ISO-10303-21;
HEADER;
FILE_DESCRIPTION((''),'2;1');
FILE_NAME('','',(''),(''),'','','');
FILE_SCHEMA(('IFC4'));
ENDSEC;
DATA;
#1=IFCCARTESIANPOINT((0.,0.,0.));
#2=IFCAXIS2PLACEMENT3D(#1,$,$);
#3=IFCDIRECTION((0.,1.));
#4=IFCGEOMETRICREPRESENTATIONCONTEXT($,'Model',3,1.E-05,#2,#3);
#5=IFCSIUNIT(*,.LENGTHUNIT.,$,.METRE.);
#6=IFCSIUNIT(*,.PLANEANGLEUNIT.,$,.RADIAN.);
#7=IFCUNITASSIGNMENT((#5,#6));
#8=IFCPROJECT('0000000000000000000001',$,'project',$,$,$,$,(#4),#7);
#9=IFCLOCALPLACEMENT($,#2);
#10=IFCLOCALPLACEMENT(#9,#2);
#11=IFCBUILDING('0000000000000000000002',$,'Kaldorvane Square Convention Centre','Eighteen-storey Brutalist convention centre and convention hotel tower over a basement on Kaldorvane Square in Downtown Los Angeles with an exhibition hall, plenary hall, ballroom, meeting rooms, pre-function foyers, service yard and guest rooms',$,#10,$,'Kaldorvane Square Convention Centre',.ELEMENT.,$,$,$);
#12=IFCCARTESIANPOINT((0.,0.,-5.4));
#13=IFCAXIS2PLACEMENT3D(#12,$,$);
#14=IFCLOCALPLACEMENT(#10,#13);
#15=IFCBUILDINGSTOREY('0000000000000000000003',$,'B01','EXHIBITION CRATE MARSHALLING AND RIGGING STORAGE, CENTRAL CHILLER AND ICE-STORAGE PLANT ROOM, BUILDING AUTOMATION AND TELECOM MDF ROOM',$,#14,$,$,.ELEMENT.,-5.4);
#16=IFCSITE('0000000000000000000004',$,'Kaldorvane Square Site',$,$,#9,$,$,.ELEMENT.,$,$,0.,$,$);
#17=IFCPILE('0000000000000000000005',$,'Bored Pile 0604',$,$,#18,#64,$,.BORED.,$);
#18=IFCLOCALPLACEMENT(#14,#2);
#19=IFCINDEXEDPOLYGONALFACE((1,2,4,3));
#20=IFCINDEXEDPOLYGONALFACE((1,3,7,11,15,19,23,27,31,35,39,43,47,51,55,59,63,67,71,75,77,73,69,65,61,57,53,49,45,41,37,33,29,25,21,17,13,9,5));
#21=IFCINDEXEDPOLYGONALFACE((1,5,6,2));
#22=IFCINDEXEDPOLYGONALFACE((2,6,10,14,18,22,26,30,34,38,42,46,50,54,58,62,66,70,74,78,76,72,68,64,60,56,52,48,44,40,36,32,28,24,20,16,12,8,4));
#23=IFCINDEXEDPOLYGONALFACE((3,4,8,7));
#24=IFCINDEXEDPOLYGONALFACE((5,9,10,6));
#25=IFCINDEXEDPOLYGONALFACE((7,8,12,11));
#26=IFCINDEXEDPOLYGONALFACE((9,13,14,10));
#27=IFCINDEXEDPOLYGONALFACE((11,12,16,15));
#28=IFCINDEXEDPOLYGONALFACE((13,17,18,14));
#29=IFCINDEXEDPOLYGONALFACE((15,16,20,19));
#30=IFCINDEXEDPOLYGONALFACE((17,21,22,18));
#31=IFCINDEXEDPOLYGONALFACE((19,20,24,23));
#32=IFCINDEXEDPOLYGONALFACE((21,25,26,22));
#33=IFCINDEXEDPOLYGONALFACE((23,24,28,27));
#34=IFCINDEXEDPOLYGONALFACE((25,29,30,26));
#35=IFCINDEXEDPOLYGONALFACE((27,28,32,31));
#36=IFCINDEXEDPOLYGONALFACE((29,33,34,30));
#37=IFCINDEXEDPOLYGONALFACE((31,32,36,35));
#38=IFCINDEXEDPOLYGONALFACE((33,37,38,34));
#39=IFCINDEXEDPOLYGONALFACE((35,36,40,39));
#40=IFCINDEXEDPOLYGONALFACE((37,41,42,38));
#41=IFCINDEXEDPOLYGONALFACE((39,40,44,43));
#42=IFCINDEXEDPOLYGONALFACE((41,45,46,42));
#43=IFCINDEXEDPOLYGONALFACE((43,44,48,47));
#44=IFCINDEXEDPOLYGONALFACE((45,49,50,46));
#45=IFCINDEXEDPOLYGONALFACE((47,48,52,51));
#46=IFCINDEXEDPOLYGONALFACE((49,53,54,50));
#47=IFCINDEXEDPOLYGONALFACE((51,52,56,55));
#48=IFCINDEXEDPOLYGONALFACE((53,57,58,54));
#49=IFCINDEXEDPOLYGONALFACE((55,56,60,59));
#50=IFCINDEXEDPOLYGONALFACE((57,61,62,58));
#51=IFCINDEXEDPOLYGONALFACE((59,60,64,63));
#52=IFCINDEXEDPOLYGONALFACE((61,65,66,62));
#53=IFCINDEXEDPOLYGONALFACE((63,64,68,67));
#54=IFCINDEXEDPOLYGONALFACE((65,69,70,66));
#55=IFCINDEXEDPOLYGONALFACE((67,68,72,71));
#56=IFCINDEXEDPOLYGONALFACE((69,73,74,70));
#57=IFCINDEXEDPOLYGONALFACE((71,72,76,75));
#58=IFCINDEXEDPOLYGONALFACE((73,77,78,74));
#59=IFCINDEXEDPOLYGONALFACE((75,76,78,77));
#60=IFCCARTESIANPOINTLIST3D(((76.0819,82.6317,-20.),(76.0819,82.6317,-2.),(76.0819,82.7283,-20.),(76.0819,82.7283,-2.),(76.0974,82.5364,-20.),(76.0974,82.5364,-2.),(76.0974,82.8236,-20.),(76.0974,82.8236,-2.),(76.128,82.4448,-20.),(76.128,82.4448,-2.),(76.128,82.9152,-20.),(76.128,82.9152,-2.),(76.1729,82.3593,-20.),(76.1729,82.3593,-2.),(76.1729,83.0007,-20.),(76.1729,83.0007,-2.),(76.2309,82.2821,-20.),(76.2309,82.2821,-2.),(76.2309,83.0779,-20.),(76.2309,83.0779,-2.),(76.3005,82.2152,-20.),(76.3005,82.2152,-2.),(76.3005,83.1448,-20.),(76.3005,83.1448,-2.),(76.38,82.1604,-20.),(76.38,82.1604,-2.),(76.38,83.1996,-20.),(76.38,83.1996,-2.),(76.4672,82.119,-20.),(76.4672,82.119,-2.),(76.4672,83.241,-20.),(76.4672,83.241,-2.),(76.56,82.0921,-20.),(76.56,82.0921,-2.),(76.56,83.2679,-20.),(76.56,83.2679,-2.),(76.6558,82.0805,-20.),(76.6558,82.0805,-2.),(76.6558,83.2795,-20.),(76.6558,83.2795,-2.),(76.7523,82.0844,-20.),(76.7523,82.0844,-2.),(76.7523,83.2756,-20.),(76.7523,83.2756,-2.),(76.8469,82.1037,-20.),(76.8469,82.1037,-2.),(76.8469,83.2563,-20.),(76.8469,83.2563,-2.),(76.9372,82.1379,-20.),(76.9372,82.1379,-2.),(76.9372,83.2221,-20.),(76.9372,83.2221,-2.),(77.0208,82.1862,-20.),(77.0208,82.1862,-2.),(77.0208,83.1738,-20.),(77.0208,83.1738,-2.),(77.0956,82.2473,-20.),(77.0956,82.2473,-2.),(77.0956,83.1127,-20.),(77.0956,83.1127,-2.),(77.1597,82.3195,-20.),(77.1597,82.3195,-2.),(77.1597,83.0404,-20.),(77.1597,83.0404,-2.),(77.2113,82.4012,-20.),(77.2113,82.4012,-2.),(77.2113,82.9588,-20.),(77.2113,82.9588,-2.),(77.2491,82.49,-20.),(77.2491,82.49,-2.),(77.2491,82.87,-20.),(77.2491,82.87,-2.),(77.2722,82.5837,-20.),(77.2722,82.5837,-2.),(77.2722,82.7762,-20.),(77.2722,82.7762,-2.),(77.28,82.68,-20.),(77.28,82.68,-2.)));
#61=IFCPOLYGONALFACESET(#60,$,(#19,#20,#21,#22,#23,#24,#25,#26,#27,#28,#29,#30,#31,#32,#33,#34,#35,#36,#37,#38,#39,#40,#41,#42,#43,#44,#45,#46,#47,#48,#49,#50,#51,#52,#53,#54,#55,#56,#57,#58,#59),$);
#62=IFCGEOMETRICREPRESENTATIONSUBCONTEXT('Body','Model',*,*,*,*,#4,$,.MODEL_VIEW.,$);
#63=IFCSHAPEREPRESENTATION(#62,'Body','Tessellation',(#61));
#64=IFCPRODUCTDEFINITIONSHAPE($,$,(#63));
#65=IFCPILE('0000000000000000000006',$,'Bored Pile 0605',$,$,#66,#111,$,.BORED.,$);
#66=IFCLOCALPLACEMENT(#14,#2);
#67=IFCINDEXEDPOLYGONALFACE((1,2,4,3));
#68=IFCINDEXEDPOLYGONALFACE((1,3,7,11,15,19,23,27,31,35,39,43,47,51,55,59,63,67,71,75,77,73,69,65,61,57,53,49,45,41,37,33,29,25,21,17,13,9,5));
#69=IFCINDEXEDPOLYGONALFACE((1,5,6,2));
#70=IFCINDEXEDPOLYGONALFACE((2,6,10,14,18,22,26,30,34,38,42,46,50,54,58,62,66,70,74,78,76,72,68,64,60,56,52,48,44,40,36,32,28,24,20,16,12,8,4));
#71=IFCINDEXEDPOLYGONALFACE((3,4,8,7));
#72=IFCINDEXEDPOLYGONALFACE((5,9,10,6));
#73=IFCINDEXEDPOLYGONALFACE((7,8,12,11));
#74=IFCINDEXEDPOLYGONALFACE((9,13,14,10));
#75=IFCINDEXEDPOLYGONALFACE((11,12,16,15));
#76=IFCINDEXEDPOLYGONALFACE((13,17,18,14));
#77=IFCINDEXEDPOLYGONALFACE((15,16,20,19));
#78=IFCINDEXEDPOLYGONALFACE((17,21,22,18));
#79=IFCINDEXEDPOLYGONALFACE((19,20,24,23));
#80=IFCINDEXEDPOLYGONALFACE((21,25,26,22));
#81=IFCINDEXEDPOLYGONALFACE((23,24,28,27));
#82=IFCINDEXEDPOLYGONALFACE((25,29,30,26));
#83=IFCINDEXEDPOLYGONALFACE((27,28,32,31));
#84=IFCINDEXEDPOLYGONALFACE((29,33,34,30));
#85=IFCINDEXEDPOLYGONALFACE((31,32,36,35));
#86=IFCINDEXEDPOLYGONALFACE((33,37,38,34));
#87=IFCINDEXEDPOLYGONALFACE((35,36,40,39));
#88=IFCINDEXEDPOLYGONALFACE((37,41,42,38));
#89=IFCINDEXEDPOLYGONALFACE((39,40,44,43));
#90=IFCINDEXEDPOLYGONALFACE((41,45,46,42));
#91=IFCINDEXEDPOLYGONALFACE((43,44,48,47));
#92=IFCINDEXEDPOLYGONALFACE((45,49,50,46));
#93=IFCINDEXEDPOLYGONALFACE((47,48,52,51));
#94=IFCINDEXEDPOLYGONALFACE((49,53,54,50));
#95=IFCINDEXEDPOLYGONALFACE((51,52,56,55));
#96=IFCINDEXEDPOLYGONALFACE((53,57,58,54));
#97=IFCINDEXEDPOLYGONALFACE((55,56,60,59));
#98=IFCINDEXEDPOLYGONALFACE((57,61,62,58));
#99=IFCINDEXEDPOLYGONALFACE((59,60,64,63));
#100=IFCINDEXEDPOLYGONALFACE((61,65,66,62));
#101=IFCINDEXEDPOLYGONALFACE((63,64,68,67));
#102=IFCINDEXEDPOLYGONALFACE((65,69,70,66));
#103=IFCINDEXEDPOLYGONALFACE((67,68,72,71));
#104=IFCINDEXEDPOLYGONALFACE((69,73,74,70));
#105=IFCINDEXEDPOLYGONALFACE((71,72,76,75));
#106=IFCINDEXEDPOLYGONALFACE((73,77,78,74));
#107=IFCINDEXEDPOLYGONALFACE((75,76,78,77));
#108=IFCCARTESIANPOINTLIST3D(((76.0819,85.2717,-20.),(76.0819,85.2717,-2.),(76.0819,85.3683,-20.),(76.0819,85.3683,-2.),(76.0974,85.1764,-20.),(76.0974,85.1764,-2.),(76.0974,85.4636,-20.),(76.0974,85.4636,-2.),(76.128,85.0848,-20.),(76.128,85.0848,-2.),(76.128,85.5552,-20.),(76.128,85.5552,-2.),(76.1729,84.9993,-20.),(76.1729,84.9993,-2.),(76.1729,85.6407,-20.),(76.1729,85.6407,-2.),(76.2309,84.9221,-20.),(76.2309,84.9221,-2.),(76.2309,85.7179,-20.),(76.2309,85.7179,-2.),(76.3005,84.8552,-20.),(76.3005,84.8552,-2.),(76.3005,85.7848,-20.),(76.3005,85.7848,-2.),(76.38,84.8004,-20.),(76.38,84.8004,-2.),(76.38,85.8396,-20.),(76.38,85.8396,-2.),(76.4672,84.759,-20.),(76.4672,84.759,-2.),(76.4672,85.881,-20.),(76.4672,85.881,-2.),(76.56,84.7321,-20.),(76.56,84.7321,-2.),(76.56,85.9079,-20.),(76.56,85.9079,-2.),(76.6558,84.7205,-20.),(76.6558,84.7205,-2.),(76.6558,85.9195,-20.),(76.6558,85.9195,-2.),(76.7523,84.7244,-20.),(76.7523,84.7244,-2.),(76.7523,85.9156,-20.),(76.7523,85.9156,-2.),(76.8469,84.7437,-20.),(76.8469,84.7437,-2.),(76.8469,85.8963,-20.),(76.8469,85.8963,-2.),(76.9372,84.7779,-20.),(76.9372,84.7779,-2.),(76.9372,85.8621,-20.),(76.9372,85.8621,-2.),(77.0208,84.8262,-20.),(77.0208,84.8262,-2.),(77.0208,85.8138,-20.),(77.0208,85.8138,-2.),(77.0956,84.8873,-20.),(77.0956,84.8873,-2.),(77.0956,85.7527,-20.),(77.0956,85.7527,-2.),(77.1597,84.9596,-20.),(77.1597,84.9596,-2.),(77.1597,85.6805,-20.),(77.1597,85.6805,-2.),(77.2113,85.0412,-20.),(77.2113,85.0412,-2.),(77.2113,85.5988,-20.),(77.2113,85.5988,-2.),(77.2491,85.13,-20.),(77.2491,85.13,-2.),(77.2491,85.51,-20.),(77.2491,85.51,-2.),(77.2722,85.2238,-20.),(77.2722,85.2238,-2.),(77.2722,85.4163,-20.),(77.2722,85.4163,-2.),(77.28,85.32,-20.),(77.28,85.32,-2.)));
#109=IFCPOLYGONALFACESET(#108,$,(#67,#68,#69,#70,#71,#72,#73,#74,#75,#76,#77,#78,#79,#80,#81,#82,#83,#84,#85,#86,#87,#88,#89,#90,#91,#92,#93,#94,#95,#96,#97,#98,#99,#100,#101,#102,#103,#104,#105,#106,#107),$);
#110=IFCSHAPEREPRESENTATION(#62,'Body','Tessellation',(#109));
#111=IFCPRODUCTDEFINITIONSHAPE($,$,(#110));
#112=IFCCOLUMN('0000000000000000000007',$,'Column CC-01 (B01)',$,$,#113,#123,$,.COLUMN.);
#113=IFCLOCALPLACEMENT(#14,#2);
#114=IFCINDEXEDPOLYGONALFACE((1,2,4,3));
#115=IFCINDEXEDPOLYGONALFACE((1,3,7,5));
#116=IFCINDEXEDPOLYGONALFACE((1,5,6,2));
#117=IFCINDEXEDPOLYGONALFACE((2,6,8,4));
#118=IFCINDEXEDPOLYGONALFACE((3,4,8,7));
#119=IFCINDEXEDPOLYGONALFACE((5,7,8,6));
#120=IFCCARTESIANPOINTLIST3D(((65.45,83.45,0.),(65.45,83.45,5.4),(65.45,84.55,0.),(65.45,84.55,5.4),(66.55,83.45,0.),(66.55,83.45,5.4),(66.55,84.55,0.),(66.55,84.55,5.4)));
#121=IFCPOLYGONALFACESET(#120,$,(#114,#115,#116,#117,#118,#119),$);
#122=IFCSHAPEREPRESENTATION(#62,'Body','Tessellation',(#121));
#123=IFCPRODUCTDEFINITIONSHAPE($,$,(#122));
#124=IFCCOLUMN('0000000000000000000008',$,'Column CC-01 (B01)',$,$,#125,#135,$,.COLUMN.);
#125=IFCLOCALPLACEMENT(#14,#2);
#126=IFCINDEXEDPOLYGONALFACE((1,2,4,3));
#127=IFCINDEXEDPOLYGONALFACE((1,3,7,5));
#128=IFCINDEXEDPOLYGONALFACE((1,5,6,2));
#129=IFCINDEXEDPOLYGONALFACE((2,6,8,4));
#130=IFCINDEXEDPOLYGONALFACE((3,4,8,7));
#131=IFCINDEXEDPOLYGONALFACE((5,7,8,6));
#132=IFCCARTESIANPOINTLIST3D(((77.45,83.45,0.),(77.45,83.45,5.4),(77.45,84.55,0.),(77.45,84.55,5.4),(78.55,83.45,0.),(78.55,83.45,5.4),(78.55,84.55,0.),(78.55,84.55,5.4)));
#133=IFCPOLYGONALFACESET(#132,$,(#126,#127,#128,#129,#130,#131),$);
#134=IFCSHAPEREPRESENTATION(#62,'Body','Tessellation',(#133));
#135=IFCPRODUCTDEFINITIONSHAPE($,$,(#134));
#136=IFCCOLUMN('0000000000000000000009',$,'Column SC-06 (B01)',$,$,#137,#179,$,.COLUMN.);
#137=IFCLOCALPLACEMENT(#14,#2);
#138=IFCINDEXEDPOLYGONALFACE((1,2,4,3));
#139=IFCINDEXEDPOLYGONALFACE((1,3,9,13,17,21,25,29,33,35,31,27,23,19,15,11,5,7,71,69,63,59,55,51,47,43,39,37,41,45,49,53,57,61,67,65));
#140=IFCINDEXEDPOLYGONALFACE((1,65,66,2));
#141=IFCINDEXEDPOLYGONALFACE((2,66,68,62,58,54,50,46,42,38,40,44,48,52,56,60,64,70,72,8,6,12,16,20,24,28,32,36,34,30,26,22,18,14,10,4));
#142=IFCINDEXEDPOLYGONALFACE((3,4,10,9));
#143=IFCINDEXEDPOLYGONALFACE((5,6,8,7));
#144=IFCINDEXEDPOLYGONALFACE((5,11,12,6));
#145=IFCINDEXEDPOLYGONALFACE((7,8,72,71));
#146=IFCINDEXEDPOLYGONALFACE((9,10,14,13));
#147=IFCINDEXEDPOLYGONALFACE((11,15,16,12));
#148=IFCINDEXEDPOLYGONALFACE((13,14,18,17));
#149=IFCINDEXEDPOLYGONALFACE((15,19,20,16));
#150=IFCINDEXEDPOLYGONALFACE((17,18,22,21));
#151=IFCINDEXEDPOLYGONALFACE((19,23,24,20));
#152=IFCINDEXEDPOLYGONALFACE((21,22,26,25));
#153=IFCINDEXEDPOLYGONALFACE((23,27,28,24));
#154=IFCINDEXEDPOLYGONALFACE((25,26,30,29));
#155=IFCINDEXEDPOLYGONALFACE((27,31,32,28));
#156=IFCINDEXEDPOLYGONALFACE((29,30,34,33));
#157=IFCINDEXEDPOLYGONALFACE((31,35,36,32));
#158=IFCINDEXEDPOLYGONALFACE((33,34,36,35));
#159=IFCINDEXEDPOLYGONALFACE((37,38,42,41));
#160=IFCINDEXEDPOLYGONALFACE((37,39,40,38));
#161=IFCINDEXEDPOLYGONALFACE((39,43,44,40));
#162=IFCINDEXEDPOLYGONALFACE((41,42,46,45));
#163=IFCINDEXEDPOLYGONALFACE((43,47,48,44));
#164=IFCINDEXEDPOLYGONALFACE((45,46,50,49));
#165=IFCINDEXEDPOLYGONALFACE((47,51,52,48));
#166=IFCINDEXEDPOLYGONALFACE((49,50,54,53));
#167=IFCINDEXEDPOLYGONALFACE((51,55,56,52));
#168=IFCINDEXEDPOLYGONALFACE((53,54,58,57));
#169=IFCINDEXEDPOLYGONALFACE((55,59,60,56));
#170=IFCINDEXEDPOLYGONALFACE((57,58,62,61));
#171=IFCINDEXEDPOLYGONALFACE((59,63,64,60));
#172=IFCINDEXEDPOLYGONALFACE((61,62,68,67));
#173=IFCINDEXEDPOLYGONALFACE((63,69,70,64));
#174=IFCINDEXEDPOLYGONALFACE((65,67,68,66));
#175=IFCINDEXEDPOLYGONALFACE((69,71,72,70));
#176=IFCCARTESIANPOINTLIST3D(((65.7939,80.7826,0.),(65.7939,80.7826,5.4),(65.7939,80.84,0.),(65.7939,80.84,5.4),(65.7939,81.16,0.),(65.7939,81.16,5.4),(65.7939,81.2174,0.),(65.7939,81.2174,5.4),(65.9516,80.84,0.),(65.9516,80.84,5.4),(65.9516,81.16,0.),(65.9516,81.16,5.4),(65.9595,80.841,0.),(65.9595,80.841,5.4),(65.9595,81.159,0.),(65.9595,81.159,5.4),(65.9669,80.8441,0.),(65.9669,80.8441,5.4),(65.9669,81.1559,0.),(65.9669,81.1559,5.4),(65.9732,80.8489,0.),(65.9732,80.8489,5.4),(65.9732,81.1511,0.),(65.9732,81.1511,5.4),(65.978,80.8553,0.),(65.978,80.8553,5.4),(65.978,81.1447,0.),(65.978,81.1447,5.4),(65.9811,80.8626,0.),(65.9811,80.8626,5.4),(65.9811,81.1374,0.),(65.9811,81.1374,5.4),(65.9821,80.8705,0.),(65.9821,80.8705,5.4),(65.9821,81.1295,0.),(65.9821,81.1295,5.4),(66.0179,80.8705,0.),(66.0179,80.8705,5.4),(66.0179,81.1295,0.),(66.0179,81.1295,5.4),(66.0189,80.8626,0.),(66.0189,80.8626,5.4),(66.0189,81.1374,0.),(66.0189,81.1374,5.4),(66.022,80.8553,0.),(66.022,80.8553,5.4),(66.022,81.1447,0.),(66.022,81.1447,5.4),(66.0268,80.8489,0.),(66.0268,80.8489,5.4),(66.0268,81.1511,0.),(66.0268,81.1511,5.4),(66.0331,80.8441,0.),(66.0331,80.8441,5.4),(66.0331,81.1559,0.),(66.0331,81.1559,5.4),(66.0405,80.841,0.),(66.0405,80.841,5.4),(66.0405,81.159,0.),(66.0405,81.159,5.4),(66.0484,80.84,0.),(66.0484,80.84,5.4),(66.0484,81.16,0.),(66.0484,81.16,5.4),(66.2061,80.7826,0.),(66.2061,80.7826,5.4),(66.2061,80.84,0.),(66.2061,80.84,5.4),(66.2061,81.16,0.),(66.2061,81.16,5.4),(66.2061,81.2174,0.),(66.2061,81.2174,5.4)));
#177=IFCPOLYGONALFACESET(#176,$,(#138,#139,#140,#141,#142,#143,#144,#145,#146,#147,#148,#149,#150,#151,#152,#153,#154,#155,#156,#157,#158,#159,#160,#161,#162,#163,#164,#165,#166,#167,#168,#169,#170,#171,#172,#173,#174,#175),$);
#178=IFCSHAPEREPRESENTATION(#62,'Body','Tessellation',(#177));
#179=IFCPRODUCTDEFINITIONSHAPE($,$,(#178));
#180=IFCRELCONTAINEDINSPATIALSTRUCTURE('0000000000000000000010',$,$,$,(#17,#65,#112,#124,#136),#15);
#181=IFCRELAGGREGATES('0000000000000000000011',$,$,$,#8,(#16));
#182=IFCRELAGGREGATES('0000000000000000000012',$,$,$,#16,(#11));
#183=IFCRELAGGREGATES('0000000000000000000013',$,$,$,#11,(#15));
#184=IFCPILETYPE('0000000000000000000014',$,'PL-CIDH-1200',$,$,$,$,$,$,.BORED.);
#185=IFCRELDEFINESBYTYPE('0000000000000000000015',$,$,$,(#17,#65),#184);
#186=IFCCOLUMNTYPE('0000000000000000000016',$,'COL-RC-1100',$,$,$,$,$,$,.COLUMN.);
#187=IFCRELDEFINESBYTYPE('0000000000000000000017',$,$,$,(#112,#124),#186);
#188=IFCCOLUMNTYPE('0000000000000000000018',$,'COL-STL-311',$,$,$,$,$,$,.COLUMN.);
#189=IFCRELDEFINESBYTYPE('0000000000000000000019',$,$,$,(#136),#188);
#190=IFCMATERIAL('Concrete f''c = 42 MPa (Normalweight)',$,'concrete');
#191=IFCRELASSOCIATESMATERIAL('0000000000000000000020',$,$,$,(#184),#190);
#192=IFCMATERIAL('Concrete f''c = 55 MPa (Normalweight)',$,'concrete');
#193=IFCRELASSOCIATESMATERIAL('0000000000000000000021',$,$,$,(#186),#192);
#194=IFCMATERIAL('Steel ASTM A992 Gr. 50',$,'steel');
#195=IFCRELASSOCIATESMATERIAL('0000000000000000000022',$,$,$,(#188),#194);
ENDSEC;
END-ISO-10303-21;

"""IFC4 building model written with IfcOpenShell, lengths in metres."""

from ifc_helpers import new_model, si_unit, direction, frame, origin, origin_2d, place, context, subcontext, project, spatial, rectangle, circle, i_section, extrude, material, material_profile, profile_set, type_object, element, save


model = new_model("IFC4")

# Units and contexts
model_context = context("Model", 3, precision=1e-05, world=origin(), true_north=direction((0.0, 1.0)))
body_context = subcontext(model_context, "Body", "Model", "MODEL_VIEW")
ifc_project = project(units=[si_unit("LENGTHUNIT", "METRE"), si_unit("PLANEANGLEUNIT", "RADIAN")], contexts=[model_context])

# Site, building, storey
site_placement = place(None, origin())
site = spatial("IfcSite", under=ifc_project, at=site_placement, Name="Kaldorvane Square Site", CompositionType="ELEMENT", RefElevation=0.0)
building_placement = place(site_placement, origin())
building = spatial("IfcBuilding", under=site, at=building_placement, Name="Kaldorvane Square Convention Centre", Description="Eighteen-storey Brutalist convention centre and convention hotel tower over a basement on Kaldorvane Square in Downtown Los Angeles with an exhibition hall, plenary hall, ballroom, meeting rooms, pre-function foyers, service yard and guest rooms", LongName="Kaldorvane Square Convention Centre", CompositionType="ELEMENT")
storey_placement = place(building_placement, frame((0.0, 0.0, -5.4)))
storey = spatial("IfcBuildingStorey", under=building, at=storey_placement, Name="B01", Description="EXHIBITION CRATE MARSHALLING AND RIGGING STORAGE, CENTRAL CHILLER AND ICE-STORAGE PLANT ROOM, BUILDING AUTOMATION AND TELECOM MDF ROOM", CompositionType="ELEMENT", Elevation=-5.4)

# Shared definitions
ifc_material_1 = material(Name="Concrete f'c = 42 MPa (Normalweight)", Category="concrete")

# Piles
ifc_material_profile_1 = material_profile(ifc_material_1, circle(Radius=0.6, at=origin_2d()), Name="PILE-D1200")
ifc_profile_set_1 = profile_set([ifc_material_profile_1], Name="Concrete f'c = 42 MPa (Normalweight)")
pile_type_1 = type_object("IfcPileType", Name="PL-CIDH-1200", PredefinedType="BORED", material=ifc_profile_set_1)
for number, where, z_axis, x_axis, name in (
    (1, (76.68, 82.68, -2.0), (0.0, 0.0, -1.0), (1.0, 0.0, 0.0), "Bored Pile 0604"),
    (2, (76.68, 85.32, -2.0), (0.0, 0.0, -1.0), (1.0, 0.0, 0.0), "Bored Pile 0605"),
):
    element("IfcPile", number, at=place(storey_placement, frame(where, z_axis=z_axis, x_axis=x_axis)), inside=storey, type_object=pile_type_1, Name=name, PredefinedType="BORED", context=body_context, shape_type="SweptSolid", body=[
        extrude(circle(Radius=0.6, at=origin_2d()), origin(), (0.0, 0.0, 1.0), 18.0),
    ])

# Columns
ifc_material_2 = material(Name="Concrete f'c = 55 MPa (Normalweight)", Category="concrete")
ifc_material_profile_2 = material_profile(ifc_material_2, rectangle(XDim=1.1, YDim=1.1, at=origin_2d()), Name="RC1100X1100")
ifc_profile_set_2 = profile_set([ifc_material_profile_2], Name="Concrete f'c = 55 MPa (Normalweight)")
column_type_1 = type_object("IfcColumnType", Name="COL-RC-1100", PredefinedType="COLUMN", material=ifc_profile_set_2)
for number, where, z_axis, x_axis, name in (
    (3, (66.0, 84.0, 0.0), (0.0, 0.0, 1.0), (1.0, 0.0, 0.0), "Column CC-01 (B01)"),
    (4, (78.0, 84.0, 0.0), (0.0, 0.0, 1.0), (1.0, 0.0, 0.0), "Column CC-01 (B01)"),
):
    element("IfcColumn", number, at=place(storey_placement, frame(where, z_axis=z_axis, x_axis=x_axis)), inside=storey, type_object=column_type_1, Name=name, PredefinedType="COLUMN", context=body_context, shape_type="SweptSolid", body=[
        extrude(rectangle(XDim=1.1, YDim=1.1, at=origin_2d()), origin(), (0.0, 0.0, 1.0), 5.4),
    ])
ifc_material_3 = material(Name="Steel ASTM A992 Gr. 50", Category="steel")
ifc_material_profile_3 = material_profile(ifc_material_3, i_section(OverallWidth=0.4122, OverallDepth=0.4348, WebThickness=0.0358, FlangeThickness=0.0574, FilletRadius=0.0305, at=origin_2d()), Name="W14X311")
ifc_profile_set_3 = profile_set([ifc_material_profile_3], Name="Steel ASTM A992 Gr. 50")
column_type_2 = type_object("IfcColumnType", Name="COL-STL-311", PredefinedType="COLUMN", material=ifc_profile_set_3)
for number, where, z_axis, x_axis, name in (
    (5, (66.0, 81.0, 0.0), (0.0, 0.0, 1.0), (1.0, 0.0, 0.0), "Column SC-06 (B01)"),
):
    element("IfcColumn", number, at=place(storey_placement, frame(where, z_axis=z_axis, x_axis=x_axis)), inside=storey, type_object=column_type_2, Name=name, PredefinedType="COLUMN", context=body_context, shape_type="SweptSolid", body=[
        extrude(i_section(OverallWidth=0.4122, OverallDepth=0.4348, WebThickness=0.0358, FlangeThickness=0.0574, FilletRadius=0.0305, at=origin_2d()), origin(), (0.0, 0.0, 1.0), 5.4),
    ])

save(model, "model.ifc")
